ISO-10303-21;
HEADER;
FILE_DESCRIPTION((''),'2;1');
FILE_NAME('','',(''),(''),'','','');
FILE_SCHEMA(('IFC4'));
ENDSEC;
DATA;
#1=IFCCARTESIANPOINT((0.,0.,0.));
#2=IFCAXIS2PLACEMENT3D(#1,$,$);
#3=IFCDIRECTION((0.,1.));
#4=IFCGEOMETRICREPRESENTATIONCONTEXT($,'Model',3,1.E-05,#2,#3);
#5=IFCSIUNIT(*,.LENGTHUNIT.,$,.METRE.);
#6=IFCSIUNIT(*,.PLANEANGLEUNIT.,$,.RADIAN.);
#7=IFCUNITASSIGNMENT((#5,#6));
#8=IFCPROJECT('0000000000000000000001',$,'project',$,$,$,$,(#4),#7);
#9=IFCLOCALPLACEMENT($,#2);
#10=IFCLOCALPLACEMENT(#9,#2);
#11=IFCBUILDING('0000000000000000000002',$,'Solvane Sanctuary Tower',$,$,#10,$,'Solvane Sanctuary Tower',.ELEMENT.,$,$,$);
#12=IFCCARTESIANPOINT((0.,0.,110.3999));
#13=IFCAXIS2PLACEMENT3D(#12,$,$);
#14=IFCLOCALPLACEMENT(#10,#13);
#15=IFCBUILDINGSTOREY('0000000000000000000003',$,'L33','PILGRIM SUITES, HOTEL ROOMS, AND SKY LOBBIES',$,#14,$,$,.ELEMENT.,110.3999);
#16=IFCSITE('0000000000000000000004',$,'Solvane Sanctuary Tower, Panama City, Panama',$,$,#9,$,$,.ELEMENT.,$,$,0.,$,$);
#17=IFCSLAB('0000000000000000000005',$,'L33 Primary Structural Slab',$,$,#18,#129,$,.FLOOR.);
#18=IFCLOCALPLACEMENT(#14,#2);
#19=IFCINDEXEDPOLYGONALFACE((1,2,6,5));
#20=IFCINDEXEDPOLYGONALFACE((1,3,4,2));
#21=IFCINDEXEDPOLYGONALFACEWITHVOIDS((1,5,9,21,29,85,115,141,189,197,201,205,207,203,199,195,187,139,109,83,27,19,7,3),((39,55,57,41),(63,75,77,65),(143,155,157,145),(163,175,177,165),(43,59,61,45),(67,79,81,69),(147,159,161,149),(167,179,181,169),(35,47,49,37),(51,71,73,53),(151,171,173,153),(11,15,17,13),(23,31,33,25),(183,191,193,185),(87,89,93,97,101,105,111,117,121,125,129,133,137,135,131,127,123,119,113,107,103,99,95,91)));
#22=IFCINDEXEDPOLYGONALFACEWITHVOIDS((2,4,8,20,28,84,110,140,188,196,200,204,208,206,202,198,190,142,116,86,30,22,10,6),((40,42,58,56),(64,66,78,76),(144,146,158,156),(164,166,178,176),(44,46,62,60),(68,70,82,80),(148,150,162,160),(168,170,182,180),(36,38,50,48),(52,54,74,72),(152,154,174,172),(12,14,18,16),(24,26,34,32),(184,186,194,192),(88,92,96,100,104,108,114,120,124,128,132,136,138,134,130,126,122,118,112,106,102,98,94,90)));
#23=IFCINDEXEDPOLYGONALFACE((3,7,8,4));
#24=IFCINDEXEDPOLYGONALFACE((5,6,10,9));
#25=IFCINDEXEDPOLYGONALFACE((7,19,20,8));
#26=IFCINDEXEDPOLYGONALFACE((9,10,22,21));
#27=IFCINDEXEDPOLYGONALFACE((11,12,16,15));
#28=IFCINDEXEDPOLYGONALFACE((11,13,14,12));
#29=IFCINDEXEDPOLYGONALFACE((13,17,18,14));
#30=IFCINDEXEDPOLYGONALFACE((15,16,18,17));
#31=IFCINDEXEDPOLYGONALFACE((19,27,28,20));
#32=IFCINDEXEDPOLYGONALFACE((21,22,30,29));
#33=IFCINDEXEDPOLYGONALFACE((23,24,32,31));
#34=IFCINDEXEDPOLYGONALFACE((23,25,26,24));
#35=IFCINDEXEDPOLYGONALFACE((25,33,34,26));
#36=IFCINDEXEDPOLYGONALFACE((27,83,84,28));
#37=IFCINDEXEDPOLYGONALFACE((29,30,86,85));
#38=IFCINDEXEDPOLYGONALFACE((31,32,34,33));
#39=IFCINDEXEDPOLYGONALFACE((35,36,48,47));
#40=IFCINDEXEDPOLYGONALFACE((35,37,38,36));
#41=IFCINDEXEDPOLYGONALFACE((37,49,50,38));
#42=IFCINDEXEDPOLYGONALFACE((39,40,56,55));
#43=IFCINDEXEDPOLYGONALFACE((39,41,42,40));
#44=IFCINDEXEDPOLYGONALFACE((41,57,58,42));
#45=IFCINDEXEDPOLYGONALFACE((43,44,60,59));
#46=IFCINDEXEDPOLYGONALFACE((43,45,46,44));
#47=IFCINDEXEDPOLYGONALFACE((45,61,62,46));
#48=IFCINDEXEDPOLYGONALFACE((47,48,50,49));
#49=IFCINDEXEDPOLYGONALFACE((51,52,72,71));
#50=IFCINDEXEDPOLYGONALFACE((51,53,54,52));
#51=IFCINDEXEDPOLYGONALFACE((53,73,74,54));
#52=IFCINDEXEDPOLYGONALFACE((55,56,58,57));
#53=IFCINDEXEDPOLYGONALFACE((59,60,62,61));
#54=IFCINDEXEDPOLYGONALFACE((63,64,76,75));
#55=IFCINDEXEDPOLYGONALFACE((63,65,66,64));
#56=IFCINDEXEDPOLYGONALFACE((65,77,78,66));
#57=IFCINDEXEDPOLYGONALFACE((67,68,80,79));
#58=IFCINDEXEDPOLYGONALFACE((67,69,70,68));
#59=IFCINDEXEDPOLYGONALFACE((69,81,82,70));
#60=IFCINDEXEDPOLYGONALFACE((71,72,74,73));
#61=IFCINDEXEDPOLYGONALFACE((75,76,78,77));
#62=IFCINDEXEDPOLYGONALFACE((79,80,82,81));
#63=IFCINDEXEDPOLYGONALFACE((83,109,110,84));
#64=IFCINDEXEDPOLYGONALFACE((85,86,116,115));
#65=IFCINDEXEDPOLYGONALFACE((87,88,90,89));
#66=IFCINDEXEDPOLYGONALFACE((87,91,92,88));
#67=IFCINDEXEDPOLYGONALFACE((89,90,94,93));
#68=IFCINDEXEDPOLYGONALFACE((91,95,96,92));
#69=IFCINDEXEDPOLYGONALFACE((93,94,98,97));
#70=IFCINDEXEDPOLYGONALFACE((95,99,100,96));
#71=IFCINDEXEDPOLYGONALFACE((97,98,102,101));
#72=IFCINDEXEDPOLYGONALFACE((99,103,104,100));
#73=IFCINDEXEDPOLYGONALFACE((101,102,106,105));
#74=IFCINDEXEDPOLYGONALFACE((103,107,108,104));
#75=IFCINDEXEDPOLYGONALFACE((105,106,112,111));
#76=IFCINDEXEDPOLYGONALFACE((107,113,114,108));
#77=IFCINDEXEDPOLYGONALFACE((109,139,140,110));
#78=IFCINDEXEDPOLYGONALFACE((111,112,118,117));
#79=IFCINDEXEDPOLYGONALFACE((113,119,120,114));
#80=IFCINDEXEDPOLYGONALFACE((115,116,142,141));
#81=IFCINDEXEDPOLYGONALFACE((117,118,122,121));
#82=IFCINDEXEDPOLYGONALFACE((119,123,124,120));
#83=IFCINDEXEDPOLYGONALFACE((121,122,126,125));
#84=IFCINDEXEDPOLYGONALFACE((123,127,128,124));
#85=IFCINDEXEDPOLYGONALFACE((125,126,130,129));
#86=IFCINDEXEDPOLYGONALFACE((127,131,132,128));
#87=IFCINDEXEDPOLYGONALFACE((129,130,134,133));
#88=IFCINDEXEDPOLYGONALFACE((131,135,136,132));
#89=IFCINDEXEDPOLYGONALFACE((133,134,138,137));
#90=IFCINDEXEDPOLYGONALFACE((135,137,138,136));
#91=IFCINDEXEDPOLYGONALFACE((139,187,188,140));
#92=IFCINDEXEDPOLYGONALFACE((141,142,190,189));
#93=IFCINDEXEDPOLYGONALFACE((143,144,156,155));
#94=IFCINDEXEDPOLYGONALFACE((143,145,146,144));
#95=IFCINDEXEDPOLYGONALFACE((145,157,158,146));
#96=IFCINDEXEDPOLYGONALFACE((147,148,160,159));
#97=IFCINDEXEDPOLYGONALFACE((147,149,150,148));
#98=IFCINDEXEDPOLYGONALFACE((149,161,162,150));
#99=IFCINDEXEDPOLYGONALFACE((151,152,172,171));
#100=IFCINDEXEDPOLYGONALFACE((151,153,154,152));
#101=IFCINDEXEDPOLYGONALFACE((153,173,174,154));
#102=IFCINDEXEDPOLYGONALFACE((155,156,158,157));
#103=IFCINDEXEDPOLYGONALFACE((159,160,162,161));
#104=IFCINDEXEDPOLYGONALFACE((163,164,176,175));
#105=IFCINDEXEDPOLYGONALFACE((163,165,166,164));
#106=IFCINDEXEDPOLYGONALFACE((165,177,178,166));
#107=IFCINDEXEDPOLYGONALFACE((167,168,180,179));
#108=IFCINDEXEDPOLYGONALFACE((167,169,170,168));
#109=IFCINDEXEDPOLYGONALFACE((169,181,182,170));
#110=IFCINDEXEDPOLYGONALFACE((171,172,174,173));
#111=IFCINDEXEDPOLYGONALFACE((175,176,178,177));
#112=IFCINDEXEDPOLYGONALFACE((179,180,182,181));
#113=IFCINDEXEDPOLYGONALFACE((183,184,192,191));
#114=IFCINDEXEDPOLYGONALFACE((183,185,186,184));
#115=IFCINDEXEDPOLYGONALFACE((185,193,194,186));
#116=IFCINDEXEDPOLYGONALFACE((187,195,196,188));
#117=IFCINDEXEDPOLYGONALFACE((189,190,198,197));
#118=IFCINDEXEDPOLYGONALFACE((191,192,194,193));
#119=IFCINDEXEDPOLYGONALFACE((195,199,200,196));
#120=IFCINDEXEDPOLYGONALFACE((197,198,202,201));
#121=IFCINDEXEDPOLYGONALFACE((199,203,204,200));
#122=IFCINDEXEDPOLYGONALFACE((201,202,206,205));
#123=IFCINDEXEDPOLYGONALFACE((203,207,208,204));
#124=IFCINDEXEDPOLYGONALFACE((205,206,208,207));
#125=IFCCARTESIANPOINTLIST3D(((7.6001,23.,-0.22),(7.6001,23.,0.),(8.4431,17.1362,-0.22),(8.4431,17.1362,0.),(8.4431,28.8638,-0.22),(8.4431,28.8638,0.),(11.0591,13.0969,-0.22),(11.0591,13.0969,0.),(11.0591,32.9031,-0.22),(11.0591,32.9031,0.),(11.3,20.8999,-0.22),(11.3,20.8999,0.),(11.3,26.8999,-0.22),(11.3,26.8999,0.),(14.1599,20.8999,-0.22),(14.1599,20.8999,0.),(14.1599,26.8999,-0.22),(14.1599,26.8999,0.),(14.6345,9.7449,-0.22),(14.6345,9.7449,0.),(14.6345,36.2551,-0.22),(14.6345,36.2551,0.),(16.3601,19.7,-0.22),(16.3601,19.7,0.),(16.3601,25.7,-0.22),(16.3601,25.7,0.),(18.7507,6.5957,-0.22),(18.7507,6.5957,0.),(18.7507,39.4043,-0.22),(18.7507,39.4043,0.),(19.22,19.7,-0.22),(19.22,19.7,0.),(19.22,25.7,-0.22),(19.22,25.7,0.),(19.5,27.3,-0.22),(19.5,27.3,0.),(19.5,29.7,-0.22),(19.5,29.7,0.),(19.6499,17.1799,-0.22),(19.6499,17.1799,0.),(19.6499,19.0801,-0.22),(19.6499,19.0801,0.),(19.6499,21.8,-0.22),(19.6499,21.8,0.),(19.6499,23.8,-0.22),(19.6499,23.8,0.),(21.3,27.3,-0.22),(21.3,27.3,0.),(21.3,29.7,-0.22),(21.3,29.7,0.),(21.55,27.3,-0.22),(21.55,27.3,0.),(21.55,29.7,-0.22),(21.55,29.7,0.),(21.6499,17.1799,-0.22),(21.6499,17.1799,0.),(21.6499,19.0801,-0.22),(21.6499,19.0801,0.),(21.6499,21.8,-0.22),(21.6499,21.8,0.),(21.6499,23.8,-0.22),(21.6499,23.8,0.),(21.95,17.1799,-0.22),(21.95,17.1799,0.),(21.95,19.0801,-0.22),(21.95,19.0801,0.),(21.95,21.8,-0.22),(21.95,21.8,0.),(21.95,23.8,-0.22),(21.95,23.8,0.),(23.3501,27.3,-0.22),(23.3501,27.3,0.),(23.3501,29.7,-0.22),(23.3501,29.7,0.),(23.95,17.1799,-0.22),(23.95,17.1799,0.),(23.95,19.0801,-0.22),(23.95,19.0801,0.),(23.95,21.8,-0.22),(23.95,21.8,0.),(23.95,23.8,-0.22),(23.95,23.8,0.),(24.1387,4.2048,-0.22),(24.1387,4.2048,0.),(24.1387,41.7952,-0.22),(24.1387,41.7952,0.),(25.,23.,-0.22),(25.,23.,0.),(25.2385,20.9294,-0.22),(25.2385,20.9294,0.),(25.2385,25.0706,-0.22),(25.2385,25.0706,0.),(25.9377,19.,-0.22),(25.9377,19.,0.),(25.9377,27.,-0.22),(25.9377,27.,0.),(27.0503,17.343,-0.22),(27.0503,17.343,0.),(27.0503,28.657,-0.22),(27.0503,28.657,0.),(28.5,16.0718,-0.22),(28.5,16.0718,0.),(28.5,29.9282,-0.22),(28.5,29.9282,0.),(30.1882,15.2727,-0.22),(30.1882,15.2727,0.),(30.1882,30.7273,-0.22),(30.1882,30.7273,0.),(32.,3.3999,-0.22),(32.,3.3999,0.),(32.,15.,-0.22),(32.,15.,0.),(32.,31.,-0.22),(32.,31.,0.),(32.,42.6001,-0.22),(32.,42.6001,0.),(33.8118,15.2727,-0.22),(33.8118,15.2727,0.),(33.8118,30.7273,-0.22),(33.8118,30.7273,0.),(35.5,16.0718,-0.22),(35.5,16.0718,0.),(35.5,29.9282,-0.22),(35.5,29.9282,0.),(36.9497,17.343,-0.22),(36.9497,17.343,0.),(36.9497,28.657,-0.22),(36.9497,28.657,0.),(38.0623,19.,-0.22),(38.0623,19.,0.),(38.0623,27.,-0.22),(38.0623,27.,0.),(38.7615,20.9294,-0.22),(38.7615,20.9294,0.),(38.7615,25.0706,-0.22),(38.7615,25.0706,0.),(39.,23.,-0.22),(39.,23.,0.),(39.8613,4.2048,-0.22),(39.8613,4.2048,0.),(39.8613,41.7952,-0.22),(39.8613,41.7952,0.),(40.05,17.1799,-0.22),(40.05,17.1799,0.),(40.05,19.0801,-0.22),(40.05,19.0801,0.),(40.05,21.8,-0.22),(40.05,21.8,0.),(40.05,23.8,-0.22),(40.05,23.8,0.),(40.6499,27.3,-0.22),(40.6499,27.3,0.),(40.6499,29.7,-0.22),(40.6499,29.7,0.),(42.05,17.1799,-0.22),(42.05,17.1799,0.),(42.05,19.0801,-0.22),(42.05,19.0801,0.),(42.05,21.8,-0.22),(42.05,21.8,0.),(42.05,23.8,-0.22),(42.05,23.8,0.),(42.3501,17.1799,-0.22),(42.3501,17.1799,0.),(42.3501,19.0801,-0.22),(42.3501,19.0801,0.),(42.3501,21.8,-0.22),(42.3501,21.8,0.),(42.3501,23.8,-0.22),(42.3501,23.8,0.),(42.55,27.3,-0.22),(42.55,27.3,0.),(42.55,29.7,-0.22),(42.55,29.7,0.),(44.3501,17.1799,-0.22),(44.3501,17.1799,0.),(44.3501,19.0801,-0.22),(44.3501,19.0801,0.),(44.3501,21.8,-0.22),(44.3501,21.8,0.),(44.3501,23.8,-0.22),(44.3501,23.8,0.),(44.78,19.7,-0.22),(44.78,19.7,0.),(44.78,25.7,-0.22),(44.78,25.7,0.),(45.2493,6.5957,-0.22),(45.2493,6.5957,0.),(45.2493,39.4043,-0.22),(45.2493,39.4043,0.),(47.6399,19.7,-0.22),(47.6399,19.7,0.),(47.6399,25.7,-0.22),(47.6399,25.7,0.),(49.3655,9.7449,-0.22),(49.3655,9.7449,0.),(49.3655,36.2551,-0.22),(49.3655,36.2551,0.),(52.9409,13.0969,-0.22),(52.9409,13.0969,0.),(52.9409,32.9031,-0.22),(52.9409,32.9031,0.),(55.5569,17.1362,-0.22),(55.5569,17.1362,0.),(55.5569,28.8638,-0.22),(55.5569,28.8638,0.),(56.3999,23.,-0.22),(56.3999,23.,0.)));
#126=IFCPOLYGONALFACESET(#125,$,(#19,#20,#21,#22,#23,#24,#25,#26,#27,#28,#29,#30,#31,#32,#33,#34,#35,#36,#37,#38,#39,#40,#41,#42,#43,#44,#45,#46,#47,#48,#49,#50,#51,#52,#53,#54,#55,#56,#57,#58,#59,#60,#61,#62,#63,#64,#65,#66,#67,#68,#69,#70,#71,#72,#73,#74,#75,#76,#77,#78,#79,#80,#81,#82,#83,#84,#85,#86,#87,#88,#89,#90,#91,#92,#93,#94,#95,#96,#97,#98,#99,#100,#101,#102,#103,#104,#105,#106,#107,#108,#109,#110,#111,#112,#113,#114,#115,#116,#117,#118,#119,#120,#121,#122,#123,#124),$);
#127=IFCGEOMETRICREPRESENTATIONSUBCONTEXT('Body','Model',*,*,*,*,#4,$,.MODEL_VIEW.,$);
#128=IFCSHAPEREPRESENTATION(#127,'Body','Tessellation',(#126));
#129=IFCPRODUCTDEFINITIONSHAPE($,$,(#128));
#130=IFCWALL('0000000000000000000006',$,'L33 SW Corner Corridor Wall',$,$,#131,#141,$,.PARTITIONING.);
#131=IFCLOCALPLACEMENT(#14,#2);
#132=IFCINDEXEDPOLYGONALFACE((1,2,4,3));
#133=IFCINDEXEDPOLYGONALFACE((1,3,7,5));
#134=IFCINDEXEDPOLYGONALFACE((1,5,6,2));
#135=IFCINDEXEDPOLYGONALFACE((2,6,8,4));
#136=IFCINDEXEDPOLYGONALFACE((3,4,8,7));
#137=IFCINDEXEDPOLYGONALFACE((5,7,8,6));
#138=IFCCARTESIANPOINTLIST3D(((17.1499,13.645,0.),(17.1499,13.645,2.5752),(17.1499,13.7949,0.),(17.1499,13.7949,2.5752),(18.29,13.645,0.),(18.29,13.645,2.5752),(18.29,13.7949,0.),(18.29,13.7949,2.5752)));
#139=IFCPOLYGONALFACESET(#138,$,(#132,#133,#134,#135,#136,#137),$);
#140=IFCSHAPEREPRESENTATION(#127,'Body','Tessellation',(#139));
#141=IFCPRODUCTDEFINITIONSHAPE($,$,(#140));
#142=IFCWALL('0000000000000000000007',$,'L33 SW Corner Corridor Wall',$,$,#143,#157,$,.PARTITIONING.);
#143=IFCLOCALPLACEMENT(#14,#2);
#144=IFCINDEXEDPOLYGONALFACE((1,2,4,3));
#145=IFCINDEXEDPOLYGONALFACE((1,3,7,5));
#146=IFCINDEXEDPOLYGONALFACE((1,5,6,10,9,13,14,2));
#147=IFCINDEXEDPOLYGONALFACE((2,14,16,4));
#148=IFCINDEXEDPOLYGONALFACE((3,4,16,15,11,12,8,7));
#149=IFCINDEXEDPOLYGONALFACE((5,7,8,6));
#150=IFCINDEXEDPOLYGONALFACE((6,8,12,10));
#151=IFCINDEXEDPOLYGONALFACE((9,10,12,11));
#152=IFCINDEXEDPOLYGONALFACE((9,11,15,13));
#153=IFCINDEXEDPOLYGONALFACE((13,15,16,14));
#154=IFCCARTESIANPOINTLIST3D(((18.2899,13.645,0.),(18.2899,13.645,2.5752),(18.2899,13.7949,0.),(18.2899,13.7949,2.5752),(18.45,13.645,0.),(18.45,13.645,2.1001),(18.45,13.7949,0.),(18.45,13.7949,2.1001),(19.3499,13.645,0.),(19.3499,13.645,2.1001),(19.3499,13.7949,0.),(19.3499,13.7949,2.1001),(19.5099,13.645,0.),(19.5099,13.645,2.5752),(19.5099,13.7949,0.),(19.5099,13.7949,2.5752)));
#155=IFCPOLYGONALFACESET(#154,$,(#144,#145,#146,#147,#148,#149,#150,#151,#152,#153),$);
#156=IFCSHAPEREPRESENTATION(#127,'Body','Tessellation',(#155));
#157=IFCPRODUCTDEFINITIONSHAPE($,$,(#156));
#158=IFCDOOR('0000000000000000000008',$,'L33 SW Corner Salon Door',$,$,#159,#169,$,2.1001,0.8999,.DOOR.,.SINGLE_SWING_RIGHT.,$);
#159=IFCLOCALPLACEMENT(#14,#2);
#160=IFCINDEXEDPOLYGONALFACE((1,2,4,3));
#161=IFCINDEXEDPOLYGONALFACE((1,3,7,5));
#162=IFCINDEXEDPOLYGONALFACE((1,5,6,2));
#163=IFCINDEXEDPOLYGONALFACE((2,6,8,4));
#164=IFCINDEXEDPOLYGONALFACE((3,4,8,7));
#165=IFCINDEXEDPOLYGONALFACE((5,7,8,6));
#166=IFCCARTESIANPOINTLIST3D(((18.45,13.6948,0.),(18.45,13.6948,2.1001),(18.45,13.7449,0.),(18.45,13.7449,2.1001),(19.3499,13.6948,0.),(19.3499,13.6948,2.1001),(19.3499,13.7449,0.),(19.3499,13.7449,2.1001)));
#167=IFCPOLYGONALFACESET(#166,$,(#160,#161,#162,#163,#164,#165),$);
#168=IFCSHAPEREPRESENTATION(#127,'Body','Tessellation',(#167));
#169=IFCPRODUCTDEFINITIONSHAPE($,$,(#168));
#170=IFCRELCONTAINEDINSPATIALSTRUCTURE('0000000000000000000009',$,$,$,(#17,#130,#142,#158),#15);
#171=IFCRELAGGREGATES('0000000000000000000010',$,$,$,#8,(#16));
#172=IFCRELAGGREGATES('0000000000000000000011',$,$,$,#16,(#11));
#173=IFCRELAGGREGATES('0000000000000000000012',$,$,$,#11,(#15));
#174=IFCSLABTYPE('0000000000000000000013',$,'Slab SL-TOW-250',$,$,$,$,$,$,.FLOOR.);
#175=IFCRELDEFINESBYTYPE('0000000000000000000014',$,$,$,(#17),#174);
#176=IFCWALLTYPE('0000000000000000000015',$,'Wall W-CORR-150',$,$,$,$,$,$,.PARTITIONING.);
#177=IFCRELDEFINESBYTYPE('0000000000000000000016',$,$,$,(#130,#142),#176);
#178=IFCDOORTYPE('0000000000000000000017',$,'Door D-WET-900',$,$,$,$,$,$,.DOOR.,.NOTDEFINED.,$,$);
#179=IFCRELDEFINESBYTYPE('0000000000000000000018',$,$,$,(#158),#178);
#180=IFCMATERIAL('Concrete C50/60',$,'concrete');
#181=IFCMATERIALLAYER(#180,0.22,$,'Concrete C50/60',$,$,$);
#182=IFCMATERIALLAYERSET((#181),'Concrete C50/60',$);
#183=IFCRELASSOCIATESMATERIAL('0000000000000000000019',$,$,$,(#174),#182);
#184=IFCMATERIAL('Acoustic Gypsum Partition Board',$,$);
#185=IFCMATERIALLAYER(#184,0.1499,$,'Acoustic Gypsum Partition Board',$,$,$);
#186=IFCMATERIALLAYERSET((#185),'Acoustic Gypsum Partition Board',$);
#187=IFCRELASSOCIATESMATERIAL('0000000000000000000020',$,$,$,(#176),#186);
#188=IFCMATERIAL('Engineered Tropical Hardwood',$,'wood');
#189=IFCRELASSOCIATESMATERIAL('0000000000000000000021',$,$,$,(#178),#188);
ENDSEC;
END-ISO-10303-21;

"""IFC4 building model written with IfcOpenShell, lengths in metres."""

from ifc_helpers import new_model, si_unit, direction, frame, frame_2d, origin, place, context, subcontext, project, spatial, polyline, rectangle, outline, extrude, material, layer, layer_set, type_object, element, fill, save


model = new_model("IFC4")

# Units and contexts
model_context = context("Model", 3, precision=1e-05, world=origin(), true_north=direction((0.0, 1.0)))
body_context = subcontext(model_context, "Body", "Model", "MODEL_VIEW")
ifc_project = project(units=[si_unit("LENGTHUNIT", "METRE"), si_unit("PLANEANGLEUNIT", "RADIAN")], contexts=[model_context])

# Site, building, storey
site_placement = place(None, origin())
site = spatial("IfcSite", under=ifc_project, at=site_placement, Name="Solvane Sanctuary Tower, Panama City, Panama", CompositionType="ELEMENT", RefElevation=0.0)
building_placement = place(site_placement, origin())
building = spatial("IfcBuilding", under=site, at=building_placement, Name="Solvane Sanctuary Tower", LongName="Solvane Sanctuary Tower", CompositionType="ELEMENT")
storey_placement = place(building_placement, frame((0.0, 0.0, 110.3999)))
storey = spatial("IfcBuildingStorey", under=building, at=storey_placement, Name="L33", Description="PILGRIM SUITES, HOTEL ROOMS, AND SKY LOBBIES", CompositionType="ELEMENT", Elevation=110.3999)

# Slab
ifc_material_1 = material(Name="Concrete C50/60", Category="concrete")
ifc_layer_1 = layer(ifc_material_1, 0.22, Name="Concrete C50/60")
ifc_layer_set_1 = layer_set([ifc_layer_1], Name="Concrete C50/60")
slab_type_1 = type_object("IfcSlabType", Name="Slab SL-TOW-250", PredefinedType="FLOOR", material=ifc_layer_set_1)
slab_1_placement = place(storey_placement, frame((0.0, 0.0, -0.22)))
element("IfcSlab", 1, at=slab_1_placement, inside=storey, type_object=slab_type_1, Name="L33 Primary Structural Slab", PredefinedType="FLOOR", context=body_context, shape_type="SweptSolid", body=[
    extrude(outline(polyline([(56.3999, 23.0), (55.5569, 28.8638), (52.9409, 32.9031), (49.3655, 36.2551), (45.2493, 39.4043), (39.8613, 41.7952), (32.0, 42.6001), (24.1387, 41.7952), (18.7507, 39.4043), (14.6345, 36.2551), (11.0591, 32.9031), (8.4431, 28.8638), (7.6001, 23.0), (8.4431, 17.1362), (11.0591, 13.0969), (14.6345, 9.7449), (18.7507, 6.5957), (24.1387, 4.2048), (32.0, 3.3999), (39.8613, 4.2048), (45.2493, 6.5957), (49.3655, 9.7449), (52.9409, 13.0969), (55.5569, 17.1362), (56.3999, 23.0)]), holes=[polyline([(38.7615, 20.9294), (38.0623, 19.0), (36.9497, 17.343), (35.5, 16.0718), (33.8118, 15.2727), (32.0, 15.0), (30.1882, 15.2727), (28.5, 16.0718), (27.0503, 17.343), (25.9377, 19.0), (25.2385, 20.9294), (25.0, 23.0), (25.2385, 25.0706), (25.9377, 27.0), (27.0503, 28.657), (28.5, 29.9282), (30.1882, 30.7273), (32.0, 31.0), (33.8118, 30.7273), (35.5, 29.9282), (36.9497, 28.657), (38.0623, 27.0), (38.7615, 25.0706), (39.0, 23.0), (38.7615, 20.9294)]), polyline([(16.3601, 19.7), (16.3601, 25.7), (19.22, 25.7), (19.22, 19.7), (16.3601, 19.7)]), polyline([(44.78, 19.7), (44.78, 25.7), (47.6399, 25.7), (47.6399, 19.7), (44.78, 19.7)]), polyline([(11.3, 20.8999), (11.3, 26.8999), (14.1599, 26.8999), (14.1599, 20.8999), (11.3, 20.8999)]), polyline([(19.6499, 19.0801), (21.6499, 19.0801), (21.6499, 17.1799), (19.6499, 17.1799), (19.6499, 19.0801)]), polyline([(21.95, 19.0801), (23.95, 19.0801), (23.95, 17.1799), (21.95, 17.1799), (21.95, 19.0801)]), polyline([(40.05, 19.0801), (42.05, 19.0801), (42.05, 17.1799), (40.05, 17.1799), (40.05, 19.0801)]), polyline([(42.3501, 19.0801), (44.3501, 19.0801), (44.3501, 17.1799), (42.3501, 17.1799), (42.3501, 19.0801)]), polyline([(19.6499, 23.8), (21.6499, 23.8), (21.6499, 21.8), (19.6499, 21.8), (19.6499, 23.8)]), polyline([(42.3501, 23.8), (44.3501, 23.8), (44.3501, 21.8), (42.3501, 21.8), (42.3501, 23.8)]), polyline([(21.95, 23.8), (23.95, 23.8), (23.95, 21.8), (21.95, 21.8), (21.95, 23.8)]), polyline([(40.05, 23.8), (42.05, 23.8), (42.05, 21.8), (40.05, 21.8), (40.05, 23.8)]), polyline([(19.5, 29.7), (21.3, 29.7), (21.3, 27.3), (19.5, 27.3), (19.5, 29.7)]), polyline([(21.55, 29.7), (23.3501, 29.7), (23.3501, 27.3), (21.55, 27.3), (21.55, 29.7)]), polyline([(40.6499, 29.7), (42.55, 29.7), (42.55, 27.3), (40.6499, 27.3), (40.6499, 29.7)])]), origin(), (0.0, 0.0, 1.0), 0.22),
])

# Wall
ifc_material_2 = material(Name="Acoustic Gypsum Partition Board")
ifc_layer_2 = layer(ifc_material_2, 0.1499, Name="Acoustic Gypsum Partition Board")
ifc_layer_set_2 = layer_set([ifc_layer_2], Name="Acoustic Gypsum Partition Board")
wall_type_1 = type_object("IfcWallType", Name="Wall W-CORR-150", PredefinedType="PARTITIONING", material=ifc_layer_set_2)
wall_1_placement = place(storey_placement, frame((17.1499, 13.72, 0.0), z_axis=(0.0, 0.0, 1.0), x_axis=(1.0, 0.0, 0.0)))
element("IfcWall", 2, at=wall_1_placement, inside=storey, type_object=wall_type_1, Name="L33 SW Corner Corridor Wall", PredefinedType="PARTITIONING", context=body_context, shape_type="SweptSolid", body=[
    extrude(rectangle(XDim=1.1401, YDim=0.1499, at=frame_2d((0.5701, 0.0))), origin(), (0.0, 0.0, 1.0), 2.5752),
])

# Wall, opening, door
wall_2_placement = place(storey_placement, frame((18.29, 13.72, 0.0), z_axis=(0.0, 0.0, 1.0), x_axis=(1.0, 0.0, 0.0)))
wall_2 = element("IfcWall", 3, at=wall_2_placement, inside=storey, type_object=wall_type_1, Name="L33 SW Corner Corridor Wall", PredefinedType="PARTITIONING", context=body_context, shape_type="SweptSolid", body=[
    extrude(rectangle(XDim=1.22, YDim=0.1499, at=frame_2d((0.6099, 0.0))), origin(), (0.0, 0.0, 1.0), 2.5752),
])
opening_1_placement = place(wall_2_placement, frame((0.1599, 0.0, 0.0)))
opening_1 = element("IfcOpeningElement", 4, at=opening_1_placement, cuts=wall_2, PredefinedType="OPENING", context=body_context, shape_type="SweptSolid", body=[
    extrude(rectangle(XDim=0.8999, YDim=2.1001, at=frame_2d((0.45, 1.05))), frame((0.0, 0.085, 0.0), z_axis=(0.0, -1.0, 0.0), x_axis=(1.0, 0.0, 0.0)), (0.0, 0.0, 1.0), 0.1699),
])
ifc_material_3 = material(Name="Engineered Tropical Hardwood", Category="wood")
door_type = type_object("IfcDoorType", Name="Door D-WET-900", OperationType="NOTDEFINED", PredefinedType="DOOR", material=ifc_material_3)
door_placement = place(opening_1_placement, origin())
door = element("IfcDoor", 5, at=door_placement, inside=storey, type_object=door_type, Name="L33 SW Corner Salon Door", OperationType="SINGLE_SWING_RIGHT", OverallHeight=2.1001, OverallWidth=0.8999, PredefinedType="DOOR", context=body_context, shape_type="SweptSolid", body=[
    extrude(rectangle(XDim=0.8999, YDim=2.1001, at=frame_2d((0.45, 1.05))), frame((0.0, 0.0249, 0.0), z_axis=(0.0, -1.0, 0.0), x_axis=(1.0, 0.0, 0.0)), (0.0, 0.0, 1.0), 0.05),
])
fill(opening_1, door)

save(model, "model.ifc")
